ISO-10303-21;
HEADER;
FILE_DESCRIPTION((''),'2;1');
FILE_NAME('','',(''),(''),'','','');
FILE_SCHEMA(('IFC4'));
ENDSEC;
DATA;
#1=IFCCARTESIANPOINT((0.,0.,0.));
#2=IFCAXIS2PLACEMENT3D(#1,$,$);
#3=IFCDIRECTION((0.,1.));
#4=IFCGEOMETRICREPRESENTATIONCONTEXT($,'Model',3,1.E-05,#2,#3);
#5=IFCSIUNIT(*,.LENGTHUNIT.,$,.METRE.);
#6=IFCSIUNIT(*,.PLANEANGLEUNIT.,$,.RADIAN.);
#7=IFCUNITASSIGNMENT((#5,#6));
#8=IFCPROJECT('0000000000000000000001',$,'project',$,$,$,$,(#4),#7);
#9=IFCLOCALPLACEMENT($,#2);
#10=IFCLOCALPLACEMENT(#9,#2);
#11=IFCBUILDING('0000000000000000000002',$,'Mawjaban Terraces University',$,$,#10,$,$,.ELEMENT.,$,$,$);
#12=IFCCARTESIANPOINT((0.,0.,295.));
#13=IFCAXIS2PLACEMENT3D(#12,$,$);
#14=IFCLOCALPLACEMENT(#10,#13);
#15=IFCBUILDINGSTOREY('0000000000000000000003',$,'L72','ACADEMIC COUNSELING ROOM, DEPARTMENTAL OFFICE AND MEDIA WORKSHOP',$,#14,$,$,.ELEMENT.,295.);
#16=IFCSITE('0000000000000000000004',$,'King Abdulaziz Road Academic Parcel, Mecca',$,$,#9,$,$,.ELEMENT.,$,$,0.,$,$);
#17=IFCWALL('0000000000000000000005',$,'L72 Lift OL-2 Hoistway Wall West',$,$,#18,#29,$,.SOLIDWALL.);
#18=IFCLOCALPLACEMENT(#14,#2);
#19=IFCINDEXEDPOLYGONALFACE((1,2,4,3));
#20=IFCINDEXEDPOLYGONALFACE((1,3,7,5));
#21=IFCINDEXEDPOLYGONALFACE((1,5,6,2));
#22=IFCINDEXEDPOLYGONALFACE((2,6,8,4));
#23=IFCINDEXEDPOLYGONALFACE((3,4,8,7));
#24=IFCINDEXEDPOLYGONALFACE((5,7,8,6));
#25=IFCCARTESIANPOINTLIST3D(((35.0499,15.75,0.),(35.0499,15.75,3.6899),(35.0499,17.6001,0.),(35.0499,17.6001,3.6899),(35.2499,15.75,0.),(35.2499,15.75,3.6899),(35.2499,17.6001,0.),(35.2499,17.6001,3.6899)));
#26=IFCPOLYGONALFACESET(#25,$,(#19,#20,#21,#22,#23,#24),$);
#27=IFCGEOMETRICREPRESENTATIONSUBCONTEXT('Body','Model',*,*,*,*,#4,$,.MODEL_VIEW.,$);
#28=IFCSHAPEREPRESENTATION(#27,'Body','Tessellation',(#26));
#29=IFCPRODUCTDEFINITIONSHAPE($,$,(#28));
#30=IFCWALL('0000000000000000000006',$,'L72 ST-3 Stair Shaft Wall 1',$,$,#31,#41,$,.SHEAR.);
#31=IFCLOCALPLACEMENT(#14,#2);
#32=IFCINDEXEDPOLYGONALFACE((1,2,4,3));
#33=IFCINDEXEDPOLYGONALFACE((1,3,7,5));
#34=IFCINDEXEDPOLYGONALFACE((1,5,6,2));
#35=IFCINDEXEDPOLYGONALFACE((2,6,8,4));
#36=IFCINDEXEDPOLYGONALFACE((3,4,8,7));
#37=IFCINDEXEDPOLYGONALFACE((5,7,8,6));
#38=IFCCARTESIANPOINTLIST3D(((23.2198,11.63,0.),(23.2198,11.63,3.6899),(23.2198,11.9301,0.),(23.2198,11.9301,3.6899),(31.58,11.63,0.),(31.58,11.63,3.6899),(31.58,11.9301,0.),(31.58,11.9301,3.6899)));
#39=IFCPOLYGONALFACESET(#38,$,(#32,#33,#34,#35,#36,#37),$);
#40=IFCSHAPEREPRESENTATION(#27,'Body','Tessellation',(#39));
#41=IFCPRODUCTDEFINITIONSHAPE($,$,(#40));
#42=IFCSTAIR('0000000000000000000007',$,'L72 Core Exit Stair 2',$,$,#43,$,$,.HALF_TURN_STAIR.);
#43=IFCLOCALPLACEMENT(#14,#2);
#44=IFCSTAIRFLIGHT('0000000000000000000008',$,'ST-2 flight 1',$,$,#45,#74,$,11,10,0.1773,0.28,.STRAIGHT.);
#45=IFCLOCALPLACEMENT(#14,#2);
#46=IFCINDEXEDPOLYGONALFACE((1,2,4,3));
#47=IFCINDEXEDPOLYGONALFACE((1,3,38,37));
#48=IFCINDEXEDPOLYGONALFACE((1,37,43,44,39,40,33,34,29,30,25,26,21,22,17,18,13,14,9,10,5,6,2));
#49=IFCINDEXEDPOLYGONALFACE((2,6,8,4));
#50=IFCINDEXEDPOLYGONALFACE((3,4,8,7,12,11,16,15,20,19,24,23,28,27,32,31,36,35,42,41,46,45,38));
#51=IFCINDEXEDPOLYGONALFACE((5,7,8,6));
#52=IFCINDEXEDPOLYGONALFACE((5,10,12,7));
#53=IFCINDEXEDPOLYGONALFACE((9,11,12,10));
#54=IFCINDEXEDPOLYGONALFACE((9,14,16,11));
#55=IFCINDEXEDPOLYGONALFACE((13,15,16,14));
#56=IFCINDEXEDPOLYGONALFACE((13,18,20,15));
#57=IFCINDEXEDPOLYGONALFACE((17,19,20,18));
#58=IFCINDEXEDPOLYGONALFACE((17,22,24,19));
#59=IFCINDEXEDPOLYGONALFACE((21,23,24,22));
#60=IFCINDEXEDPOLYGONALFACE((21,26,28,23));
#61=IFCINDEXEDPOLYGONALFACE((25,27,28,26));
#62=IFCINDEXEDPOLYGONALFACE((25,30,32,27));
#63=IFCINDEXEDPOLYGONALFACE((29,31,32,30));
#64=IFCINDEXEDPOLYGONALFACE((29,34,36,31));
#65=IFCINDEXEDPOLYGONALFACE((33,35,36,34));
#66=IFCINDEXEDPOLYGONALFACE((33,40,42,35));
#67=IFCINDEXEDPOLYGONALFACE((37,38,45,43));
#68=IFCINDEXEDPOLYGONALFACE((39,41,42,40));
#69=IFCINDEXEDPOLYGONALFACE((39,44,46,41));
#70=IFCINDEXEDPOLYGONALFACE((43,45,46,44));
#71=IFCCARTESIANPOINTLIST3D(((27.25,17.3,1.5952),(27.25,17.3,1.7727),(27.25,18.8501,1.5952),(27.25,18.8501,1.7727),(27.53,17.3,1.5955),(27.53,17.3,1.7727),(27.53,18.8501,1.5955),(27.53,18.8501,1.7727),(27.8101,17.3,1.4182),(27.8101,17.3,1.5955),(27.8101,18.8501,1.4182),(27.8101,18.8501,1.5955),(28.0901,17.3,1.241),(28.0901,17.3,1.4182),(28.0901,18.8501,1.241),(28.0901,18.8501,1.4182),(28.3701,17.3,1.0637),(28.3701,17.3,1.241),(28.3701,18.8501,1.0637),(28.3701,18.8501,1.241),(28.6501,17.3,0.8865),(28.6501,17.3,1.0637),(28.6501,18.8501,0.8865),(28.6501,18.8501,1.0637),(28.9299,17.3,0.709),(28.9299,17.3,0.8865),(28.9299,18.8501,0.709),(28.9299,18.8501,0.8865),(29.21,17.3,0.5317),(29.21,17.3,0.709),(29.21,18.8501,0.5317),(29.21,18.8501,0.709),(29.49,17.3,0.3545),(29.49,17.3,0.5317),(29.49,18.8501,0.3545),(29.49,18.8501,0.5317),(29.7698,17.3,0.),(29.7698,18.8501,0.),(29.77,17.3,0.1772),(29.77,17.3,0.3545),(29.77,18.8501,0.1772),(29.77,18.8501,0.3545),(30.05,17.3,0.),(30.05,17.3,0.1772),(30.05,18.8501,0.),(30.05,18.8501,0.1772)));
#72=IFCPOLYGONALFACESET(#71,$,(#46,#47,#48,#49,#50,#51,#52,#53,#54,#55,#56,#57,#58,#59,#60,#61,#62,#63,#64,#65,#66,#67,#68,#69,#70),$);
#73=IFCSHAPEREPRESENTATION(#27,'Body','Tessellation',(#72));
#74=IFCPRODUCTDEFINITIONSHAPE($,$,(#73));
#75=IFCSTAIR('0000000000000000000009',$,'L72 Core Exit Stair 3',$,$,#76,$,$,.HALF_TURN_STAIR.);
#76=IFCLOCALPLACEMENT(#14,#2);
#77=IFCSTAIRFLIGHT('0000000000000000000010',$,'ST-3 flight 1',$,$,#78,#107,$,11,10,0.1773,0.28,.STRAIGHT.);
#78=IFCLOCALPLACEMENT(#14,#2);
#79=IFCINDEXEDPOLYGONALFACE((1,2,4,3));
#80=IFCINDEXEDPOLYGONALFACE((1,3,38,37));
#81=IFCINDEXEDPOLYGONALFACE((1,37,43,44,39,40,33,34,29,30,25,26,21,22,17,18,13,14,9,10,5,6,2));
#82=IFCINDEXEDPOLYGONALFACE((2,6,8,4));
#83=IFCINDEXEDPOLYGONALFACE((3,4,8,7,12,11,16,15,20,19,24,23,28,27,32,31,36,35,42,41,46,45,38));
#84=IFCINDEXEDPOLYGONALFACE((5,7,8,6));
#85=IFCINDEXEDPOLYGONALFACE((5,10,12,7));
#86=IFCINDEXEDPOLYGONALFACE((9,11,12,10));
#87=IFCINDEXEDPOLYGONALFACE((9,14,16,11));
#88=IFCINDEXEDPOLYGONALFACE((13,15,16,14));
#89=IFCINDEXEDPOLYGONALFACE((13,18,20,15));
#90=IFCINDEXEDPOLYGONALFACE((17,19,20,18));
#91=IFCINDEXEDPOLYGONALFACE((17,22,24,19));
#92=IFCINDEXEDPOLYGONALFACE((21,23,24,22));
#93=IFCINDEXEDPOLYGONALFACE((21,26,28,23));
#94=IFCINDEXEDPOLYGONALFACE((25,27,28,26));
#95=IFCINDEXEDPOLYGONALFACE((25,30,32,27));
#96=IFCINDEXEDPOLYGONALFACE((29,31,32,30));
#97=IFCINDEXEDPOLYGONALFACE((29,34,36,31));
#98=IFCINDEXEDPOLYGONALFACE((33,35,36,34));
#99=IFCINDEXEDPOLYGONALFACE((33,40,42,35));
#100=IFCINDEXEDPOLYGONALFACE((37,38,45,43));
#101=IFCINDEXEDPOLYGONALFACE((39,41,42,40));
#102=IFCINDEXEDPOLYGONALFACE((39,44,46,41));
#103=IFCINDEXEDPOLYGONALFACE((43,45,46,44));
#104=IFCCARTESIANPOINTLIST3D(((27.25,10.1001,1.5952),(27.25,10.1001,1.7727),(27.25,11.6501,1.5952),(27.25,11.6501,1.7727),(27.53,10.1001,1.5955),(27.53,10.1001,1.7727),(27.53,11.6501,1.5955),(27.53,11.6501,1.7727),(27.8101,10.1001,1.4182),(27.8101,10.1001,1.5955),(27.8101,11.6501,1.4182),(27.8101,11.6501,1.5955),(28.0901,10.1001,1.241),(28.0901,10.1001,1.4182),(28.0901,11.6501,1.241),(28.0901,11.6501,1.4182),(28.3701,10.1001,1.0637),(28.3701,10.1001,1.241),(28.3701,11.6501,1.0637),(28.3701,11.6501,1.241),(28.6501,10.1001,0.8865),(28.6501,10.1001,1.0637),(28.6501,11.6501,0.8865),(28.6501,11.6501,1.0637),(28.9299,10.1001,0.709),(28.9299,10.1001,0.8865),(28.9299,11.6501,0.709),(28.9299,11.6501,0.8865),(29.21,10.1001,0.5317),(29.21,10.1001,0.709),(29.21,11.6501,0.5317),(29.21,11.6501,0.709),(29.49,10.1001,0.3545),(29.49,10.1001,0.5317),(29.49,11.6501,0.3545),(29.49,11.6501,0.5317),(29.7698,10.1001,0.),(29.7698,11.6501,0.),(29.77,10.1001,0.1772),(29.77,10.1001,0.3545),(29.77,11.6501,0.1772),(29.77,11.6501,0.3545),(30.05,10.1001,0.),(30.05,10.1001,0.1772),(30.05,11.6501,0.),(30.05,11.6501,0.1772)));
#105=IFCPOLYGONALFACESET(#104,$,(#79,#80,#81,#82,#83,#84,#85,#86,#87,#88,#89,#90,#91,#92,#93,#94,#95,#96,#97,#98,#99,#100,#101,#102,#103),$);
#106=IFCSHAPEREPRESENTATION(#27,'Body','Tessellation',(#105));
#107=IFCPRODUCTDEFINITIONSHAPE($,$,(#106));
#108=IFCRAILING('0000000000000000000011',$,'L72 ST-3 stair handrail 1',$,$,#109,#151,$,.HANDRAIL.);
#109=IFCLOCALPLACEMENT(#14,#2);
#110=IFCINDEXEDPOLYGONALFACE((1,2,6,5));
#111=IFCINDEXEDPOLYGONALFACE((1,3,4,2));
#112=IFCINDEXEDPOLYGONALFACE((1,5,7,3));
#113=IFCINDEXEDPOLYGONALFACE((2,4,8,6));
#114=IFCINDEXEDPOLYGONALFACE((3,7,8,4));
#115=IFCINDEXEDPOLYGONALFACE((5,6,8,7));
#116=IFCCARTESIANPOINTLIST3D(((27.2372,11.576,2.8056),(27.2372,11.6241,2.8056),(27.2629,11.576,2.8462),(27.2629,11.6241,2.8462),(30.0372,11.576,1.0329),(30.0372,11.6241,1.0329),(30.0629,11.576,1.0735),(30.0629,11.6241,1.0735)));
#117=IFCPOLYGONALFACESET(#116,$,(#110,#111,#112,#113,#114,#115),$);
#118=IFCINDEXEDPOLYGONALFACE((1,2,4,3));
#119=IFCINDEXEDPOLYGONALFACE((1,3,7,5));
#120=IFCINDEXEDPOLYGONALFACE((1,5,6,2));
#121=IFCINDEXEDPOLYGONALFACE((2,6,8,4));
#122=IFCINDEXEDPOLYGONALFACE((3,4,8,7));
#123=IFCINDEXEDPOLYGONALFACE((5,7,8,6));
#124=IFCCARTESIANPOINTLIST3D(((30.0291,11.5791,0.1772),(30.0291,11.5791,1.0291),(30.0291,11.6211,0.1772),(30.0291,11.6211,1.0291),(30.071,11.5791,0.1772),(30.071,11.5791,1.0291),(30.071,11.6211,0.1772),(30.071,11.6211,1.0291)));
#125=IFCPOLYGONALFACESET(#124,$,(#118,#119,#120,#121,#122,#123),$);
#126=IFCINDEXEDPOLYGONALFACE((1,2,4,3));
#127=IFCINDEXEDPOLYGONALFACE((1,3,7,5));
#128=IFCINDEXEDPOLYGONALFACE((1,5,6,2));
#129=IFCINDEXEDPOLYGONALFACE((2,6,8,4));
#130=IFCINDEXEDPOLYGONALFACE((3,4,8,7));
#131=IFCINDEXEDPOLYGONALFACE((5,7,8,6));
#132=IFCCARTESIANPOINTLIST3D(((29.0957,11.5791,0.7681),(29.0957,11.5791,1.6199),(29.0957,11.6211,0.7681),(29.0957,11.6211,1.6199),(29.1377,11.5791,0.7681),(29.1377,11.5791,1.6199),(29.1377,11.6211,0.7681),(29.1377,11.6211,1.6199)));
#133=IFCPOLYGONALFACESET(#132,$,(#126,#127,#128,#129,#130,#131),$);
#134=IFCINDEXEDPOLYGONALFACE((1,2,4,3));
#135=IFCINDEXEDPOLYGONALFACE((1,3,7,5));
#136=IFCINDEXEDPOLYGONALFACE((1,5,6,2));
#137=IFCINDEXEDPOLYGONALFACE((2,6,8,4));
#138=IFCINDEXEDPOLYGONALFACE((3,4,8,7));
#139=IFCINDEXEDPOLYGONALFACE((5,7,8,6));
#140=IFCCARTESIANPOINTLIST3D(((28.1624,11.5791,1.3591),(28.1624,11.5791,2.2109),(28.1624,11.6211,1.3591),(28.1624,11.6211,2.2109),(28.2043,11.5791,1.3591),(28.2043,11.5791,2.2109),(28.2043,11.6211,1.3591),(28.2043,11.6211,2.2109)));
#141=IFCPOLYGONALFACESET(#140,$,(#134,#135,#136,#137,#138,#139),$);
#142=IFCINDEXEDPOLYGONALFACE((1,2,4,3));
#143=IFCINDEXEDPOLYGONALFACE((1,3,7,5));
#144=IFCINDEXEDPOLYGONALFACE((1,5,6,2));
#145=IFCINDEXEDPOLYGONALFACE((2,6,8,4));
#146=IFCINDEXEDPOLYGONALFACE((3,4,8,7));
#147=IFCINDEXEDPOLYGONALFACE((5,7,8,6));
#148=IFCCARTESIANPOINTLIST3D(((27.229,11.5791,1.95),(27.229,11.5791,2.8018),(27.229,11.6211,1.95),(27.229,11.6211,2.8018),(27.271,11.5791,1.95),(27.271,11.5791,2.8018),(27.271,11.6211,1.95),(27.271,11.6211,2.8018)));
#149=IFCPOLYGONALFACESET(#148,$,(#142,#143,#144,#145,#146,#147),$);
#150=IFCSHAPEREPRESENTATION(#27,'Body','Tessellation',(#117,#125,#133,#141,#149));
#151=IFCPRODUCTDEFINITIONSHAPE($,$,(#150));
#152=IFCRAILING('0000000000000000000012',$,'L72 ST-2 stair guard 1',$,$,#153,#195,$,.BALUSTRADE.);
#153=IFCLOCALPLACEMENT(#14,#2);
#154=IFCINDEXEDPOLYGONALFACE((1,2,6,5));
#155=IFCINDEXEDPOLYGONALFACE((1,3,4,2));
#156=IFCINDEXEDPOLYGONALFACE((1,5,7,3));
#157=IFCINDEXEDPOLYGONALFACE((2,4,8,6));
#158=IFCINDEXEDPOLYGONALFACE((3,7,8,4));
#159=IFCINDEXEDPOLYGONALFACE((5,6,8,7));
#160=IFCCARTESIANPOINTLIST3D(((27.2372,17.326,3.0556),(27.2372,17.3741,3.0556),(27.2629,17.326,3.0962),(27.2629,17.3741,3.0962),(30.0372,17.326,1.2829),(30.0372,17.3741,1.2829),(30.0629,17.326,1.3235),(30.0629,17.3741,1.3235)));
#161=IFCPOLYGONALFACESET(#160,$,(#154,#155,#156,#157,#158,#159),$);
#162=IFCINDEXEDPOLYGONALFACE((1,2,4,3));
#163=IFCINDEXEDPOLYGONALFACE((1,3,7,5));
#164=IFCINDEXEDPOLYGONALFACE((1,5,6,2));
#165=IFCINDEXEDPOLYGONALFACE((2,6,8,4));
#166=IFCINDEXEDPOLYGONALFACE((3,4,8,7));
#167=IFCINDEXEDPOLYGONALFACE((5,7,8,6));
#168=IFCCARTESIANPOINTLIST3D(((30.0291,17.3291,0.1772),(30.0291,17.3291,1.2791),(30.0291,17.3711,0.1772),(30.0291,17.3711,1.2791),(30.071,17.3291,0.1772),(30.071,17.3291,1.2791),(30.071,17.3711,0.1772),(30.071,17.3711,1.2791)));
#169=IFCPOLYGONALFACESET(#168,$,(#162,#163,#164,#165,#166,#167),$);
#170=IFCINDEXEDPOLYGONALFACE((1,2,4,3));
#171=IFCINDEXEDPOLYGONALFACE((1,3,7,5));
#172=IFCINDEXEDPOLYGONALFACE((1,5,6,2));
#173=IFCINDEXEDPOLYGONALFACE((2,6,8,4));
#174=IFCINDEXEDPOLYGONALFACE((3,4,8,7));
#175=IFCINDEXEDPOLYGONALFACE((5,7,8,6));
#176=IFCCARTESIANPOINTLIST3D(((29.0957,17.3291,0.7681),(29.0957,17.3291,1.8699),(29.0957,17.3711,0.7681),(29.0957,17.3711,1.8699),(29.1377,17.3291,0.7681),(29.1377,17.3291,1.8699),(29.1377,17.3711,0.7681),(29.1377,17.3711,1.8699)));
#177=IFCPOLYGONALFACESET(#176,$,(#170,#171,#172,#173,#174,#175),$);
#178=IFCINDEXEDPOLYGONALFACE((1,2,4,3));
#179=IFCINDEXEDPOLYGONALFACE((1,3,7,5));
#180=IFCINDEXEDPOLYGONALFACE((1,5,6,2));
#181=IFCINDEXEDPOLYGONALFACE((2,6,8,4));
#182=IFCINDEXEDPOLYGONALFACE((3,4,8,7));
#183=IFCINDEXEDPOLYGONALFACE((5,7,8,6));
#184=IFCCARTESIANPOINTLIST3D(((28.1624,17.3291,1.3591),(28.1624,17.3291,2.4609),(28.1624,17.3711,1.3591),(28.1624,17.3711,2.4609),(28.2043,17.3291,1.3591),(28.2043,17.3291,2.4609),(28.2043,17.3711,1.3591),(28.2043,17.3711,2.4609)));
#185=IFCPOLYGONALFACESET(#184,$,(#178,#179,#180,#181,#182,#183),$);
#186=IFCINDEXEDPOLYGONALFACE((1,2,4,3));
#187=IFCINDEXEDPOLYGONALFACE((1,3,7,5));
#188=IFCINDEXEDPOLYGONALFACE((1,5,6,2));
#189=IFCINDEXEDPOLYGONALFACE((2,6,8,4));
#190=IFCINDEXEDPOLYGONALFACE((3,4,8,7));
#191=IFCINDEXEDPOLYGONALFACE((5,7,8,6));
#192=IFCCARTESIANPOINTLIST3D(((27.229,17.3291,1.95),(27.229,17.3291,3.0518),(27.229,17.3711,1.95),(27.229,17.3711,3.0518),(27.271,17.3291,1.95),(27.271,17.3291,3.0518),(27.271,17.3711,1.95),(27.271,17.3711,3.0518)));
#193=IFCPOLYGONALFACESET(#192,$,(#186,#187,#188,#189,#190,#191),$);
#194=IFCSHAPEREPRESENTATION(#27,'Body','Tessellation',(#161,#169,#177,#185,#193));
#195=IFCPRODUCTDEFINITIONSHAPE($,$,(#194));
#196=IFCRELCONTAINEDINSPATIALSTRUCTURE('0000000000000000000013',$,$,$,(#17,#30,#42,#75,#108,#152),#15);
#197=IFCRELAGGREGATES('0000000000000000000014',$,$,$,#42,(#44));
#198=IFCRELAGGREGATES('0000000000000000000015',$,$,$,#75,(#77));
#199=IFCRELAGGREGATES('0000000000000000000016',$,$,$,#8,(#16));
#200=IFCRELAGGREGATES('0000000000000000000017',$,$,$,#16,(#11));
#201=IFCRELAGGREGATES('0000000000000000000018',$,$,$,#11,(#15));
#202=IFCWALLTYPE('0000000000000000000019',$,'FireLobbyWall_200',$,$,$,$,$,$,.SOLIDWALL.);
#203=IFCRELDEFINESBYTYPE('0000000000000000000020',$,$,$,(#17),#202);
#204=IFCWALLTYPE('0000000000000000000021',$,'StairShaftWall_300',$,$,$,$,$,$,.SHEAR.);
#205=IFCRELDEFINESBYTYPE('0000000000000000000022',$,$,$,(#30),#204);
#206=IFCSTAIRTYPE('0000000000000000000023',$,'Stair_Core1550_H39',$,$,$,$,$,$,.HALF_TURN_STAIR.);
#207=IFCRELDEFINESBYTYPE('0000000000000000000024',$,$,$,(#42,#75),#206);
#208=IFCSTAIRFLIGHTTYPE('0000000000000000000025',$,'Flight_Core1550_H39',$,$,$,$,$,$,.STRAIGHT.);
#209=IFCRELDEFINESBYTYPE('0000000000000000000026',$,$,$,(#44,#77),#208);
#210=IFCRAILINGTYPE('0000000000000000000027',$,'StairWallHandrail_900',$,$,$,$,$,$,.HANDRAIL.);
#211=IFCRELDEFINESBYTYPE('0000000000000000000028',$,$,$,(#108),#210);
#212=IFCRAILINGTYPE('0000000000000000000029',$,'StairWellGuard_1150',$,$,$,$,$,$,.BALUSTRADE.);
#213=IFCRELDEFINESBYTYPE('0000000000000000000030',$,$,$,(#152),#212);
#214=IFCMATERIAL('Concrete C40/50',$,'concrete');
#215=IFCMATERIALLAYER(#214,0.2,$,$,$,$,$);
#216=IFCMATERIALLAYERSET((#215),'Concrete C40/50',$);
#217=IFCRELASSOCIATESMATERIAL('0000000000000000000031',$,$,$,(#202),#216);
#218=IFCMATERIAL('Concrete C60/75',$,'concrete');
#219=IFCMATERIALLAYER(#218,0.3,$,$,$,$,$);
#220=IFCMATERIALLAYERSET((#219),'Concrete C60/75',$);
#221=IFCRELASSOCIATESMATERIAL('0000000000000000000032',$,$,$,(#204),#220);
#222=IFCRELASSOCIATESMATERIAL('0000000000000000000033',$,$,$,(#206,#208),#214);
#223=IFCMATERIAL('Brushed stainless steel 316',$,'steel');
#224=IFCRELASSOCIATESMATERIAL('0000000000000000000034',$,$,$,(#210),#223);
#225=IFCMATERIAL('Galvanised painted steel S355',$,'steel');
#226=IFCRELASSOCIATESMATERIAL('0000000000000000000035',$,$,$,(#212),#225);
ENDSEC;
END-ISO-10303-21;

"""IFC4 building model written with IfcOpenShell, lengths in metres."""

from ifc_helpers import new_model, si_unit, direction, frame, frame_2d, origin, origin_2d, place, context, subcontext, project, spatial, polyline, rectangle, outline, extrude, material, layer, layer_set, type_object, element, aggregate, save


model = new_model("IFC4")

# Units and contexts
model_context = context("Model", 3, precision=1e-05, world=origin(), true_north=direction((0.0, 1.0)))
body_context = subcontext(model_context, "Body", "Model", "MODEL_VIEW")
ifc_project = project(units=[si_unit("LENGTHUNIT", "METRE"), si_unit("PLANEANGLEUNIT", "RADIAN")], contexts=[model_context])

# Site, building, storey
site_placement = place(None, origin())
site = spatial("IfcSite", under=ifc_project, at=site_placement, Name="King Abdulaziz Road Academic Parcel, Mecca", CompositionType="ELEMENT", RefElevation=0.0)
building_placement = place(site_placement, origin())
building = spatial("IfcBuilding", under=site, at=building_placement, Name="Mawjaban Terraces University", CompositionType="ELEMENT")
storey_placement = place(building_placement, frame((0.0, 0.0, 295.0)))
storey = spatial("IfcBuildingStorey", under=building, at=storey_placement, Name="L72", Description="ACADEMIC COUNSELING ROOM, DEPARTMENTAL OFFICE AND MEDIA WORKSHOP", CompositionType="ELEMENT", Elevation=295.0)

# Shared definitions
ifc_material_1 = material(Name="Concrete C40/50", Category="concrete")
ifc_layer_1 = layer(ifc_material_1, 0.2)
ifc_layer_set_1 = layer_set([ifc_layer_1], Name="Concrete C40/50")
wall_type_1 = type_object("IfcWallType", Name="FireLobbyWall_200", PredefinedType="SOLIDWALL", material=ifc_layer_set_1)

# Wall
wall_1_placement = place(storey_placement, frame((35.1499, 17.6001, 0.0), z_axis=(0.0, 0.0, 1.0), x_axis=(0.0, -1.0, 0.0)))
element("IfcWall", 1, at=wall_1_placement, inside=storey, type_object=wall_type_1, Name="L72 Lift OL-2 Hoistway Wall West", PredefinedType="SOLIDWALL", context=body_context, shape_type="SweptSolid", body=[
    extrude(rectangle(XDim=1.8501, YDim=0.2, at=frame_2d((0.925, 0.0))), origin(), (0.0, 0.0, 1.0), 3.6899),
])

# Shared definitions
ifc_material_2 = material(Name="Concrete C60/75", Category="concrete")
ifc_layer_2 = layer(ifc_material_2, 0.3)
ifc_layer_set_2 = layer_set([ifc_layer_2], Name="Concrete C60/75")
wall_type_2 = type_object("IfcWallType", Name="StairShaftWall_300", PredefinedType="SHEAR", material=ifc_layer_set_2)

# Wall
wall_2_placement = place(storey_placement, frame((31.5801, 11.78, 0.0), z_axis=(0.0, 0.0, 1.0), x_axis=(-1.0, 0.0, 0.0)))
element("IfcWall", 2, at=wall_2_placement, inside=storey, type_object=wall_type_2, Name="L72 ST-3 Stair Shaft Wall 1", PredefinedType="SHEAR", context=body_context, shape_type="SweptSolid", body=[
    extrude(rectangle(XDim=8.3601, YDim=0.3, at=frame_2d((4.1802, 0.0))), origin(), (0.0, 0.0, 1.0), 3.6899),
])

# Stairs, stair flights
stair_type = type_object("IfcStairType", Name="Stair_Core1550_H39", PredefinedType="HALF_TURN_STAIR", material=ifc_material_1)
stair_1_placement = place(storey_placement, origin())
stair_1 = element("IfcStair", 3, at=stair_1_placement, inside=storey, type_object=stair_type, Name="L72 Core Exit Stair 2", PredefinedType="HALF_TURN_STAIR")
stair_flight_type = type_object("IfcStairFlightType", Name="Flight_Core1550_H39", PredefinedType="STRAIGHT", material=ifc_material_1)
stair_flight_1_placement = place(storey_placement, frame((30.05, 18.075, 0.0), z_axis=(0.0, 0.0, 1.0), x_axis=(-1.0, 0.0, 0.0)))
stair_flight_1 = element("IfcStairFlight", 4, at=stair_flight_1_placement, type_object=stair_flight_type, Name="ST-2 flight 1", NumberOfRisers=11, NumberOfTreads=10, PredefinedType="STRAIGHT", RiserHeight=0.1773, TreadLength=0.28, context=body_context, shape_type="SweptSolid", body=[
    extrude(outline(polyline([(0.0, 0.0), (0.0, 0.1772), (0.28, 0.1772), (0.28, 0.3545), (0.5601, 0.3545), (0.5601, 0.5317), (0.8401, 0.5317), (0.8401, 0.709), (1.1201, 0.709), (1.1201, 0.8865), (1.3999, 0.8865), (1.3999, 1.0637), (1.6799, 1.0637), (1.6799, 1.241), (1.96, 1.241), (1.96, 1.4182), (2.24, 1.4182), (2.24, 1.5955), (2.52, 1.5955), (2.52, 1.7727), (2.8, 1.7727), (2.8, 1.95), (2.8, 1.5952), (0.2803, 0.0), (0.0, 0.0)])), frame((0.0, 0.7749, 0.0), z_axis=(0.0, -1.0, 0.0), x_axis=(1.0, 0.0, 0.0)), (0.0, 0.0, 1.0), 1.55),
])
aggregate(stair_1, [stair_flight_1])
stair_2_placement = place(storey_placement, origin())
stair_2 = element("IfcStair", 5, at=stair_2_placement, inside=storey, type_object=stair_type, Name="L72 Core Exit Stair 3", PredefinedType="HALF_TURN_STAIR")
stair_flight_2_placement = place(storey_placement, frame((30.05, 10.875, 0.0), z_axis=(0.0, 0.0, 1.0), x_axis=(-1.0, 0.0, 0.0)))
stair_flight_2 = element("IfcStairFlight", 6, at=stair_flight_2_placement, type_object=stair_flight_type, Name="ST-3 flight 1", NumberOfRisers=11, NumberOfTreads=10, PredefinedType="STRAIGHT", RiserHeight=0.1773, TreadLength=0.28, context=body_context, shape_type="SweptSolid", body=[
    extrude(outline(polyline([(0.0, 0.0), (0.0, 0.1772), (0.28, 0.1772), (0.28, 0.3545), (0.5601, 0.3545), (0.5601, 0.5317), (0.8401, 0.5317), (0.8401, 0.709), (1.1201, 0.709), (1.1201, 0.8865), (1.3999, 0.8865), (1.3999, 1.0637), (1.6799, 1.0637), (1.6799, 1.241), (1.96, 1.241), (1.96, 1.4182), (2.24, 1.4182), (2.24, 1.5955), (2.52, 1.5955), (2.52, 1.7727), (2.8, 1.7727), (2.8, 1.95), (2.8, 1.5952), (0.2803, 0.0), (0.0, 0.0)])), frame((0.0, 0.7749, 0.0), z_axis=(0.0, -1.0, 0.0), x_axis=(1.0, 0.0, 0.0)), (0.0, 0.0, 1.0), 1.55),
])
aggregate(stair_2, [stair_flight_2])

# Railings
ifc_material_3 = material(Name="Brushed stainless steel 316", Category="steel")
railing_type_1 = type_object("IfcRailingType", Name="StairWallHandrail_900", PredefinedType="HANDRAIL", material=ifc_material_3)
railing_1_placement = place(storey_placement, frame((30.05, 11.6001, 0.1772)))
element("IfcRailing", 7, at=railing_1_placement, inside=storey, type_object=railing_type_1, Name="L72 ST-3 stair handrail 1", PredefinedType="HANDRAIL", context=body_context, shape_type="SweptSolid", body=[
    extrude(rectangle(XDim=0.0481, YDim=0.0481, at=origin_2d()), frame((0.0, 0.0, 0.876), z_axis=(-0.844909, 0.0, 0.53491), x_axis=(0.0, -1.0, 0.0)), (0.0, 0.0, 1.0), 3.314),
    extrude(rectangle(XDim=0.042, YDim=0.042, at=origin_2d()), origin(), (0.0, 0.0, 1.0), 0.8518),
    extrude(rectangle(XDim=0.042, YDim=0.042, at=origin_2d()), frame((-0.9333, 0.0, 0.5908)), (0.0, 0.0, 1.0), 0.8518),
    extrude(rectangle(XDim=0.042, YDim=0.042, at=origin_2d()), frame((-1.8667, 0.0, 1.1819)), (0.0, 0.0, 1.0), 0.8518),
    extrude(rectangle(XDim=0.042, YDim=0.042, at=origin_2d()), frame((-2.8, 0.0, 1.7727)), (0.0, 0.0, 1.0), 0.8518),
])
ifc_material_4 = material(Name="Galvanised painted steel S355", Category="steel")
railing_type_2 = type_object("IfcRailingType", Name="StairWellGuard_1150", PredefinedType="BALUSTRADE", material=ifc_material_4)
railing_2_placement = place(storey_placement, frame((30.05, 17.3501, 0.1772)))
element("IfcRailing", 8, at=railing_2_placement, inside=storey, type_object=railing_type_2, Name="L72 ST-2 stair guard 1", PredefinedType="BALUSTRADE", context=body_context, shape_type="SweptSolid", body=[
    extrude(rectangle(XDim=0.0481, YDim=0.0481, at=origin_2d()), frame((0.0, 0.0, 1.126), z_axis=(-0.844909, 0.0, 0.53491), x_axis=(0.0, -1.0, 0.0)), (0.0, 0.0, 1.0), 3.314),
    extrude(rectangle(XDim=0.042, YDim=0.042, at=origin_2d()), origin(), (0.0, 0.0, 1.0), 1.1018),
    extrude(rectangle(XDim=0.042, YDim=0.042, at=origin_2d()), frame((-0.9333, 0.0, 0.5908)), (0.0, 0.0, 1.0), 1.1018),
    extrude(rectangle(XDim=0.042, YDim=0.042, at=origin_2d()), frame((-1.8667, 0.0, 1.1819)), (0.0, 0.0, 1.0), 1.1018),
    extrude(rectangle(XDim=0.042, YDim=0.042, at=origin_2d()), frame((-2.8, 0.0, 1.7727)), (0.0, 0.0, 1.0), 1.1018),
])

save(model, "model.ifc")
